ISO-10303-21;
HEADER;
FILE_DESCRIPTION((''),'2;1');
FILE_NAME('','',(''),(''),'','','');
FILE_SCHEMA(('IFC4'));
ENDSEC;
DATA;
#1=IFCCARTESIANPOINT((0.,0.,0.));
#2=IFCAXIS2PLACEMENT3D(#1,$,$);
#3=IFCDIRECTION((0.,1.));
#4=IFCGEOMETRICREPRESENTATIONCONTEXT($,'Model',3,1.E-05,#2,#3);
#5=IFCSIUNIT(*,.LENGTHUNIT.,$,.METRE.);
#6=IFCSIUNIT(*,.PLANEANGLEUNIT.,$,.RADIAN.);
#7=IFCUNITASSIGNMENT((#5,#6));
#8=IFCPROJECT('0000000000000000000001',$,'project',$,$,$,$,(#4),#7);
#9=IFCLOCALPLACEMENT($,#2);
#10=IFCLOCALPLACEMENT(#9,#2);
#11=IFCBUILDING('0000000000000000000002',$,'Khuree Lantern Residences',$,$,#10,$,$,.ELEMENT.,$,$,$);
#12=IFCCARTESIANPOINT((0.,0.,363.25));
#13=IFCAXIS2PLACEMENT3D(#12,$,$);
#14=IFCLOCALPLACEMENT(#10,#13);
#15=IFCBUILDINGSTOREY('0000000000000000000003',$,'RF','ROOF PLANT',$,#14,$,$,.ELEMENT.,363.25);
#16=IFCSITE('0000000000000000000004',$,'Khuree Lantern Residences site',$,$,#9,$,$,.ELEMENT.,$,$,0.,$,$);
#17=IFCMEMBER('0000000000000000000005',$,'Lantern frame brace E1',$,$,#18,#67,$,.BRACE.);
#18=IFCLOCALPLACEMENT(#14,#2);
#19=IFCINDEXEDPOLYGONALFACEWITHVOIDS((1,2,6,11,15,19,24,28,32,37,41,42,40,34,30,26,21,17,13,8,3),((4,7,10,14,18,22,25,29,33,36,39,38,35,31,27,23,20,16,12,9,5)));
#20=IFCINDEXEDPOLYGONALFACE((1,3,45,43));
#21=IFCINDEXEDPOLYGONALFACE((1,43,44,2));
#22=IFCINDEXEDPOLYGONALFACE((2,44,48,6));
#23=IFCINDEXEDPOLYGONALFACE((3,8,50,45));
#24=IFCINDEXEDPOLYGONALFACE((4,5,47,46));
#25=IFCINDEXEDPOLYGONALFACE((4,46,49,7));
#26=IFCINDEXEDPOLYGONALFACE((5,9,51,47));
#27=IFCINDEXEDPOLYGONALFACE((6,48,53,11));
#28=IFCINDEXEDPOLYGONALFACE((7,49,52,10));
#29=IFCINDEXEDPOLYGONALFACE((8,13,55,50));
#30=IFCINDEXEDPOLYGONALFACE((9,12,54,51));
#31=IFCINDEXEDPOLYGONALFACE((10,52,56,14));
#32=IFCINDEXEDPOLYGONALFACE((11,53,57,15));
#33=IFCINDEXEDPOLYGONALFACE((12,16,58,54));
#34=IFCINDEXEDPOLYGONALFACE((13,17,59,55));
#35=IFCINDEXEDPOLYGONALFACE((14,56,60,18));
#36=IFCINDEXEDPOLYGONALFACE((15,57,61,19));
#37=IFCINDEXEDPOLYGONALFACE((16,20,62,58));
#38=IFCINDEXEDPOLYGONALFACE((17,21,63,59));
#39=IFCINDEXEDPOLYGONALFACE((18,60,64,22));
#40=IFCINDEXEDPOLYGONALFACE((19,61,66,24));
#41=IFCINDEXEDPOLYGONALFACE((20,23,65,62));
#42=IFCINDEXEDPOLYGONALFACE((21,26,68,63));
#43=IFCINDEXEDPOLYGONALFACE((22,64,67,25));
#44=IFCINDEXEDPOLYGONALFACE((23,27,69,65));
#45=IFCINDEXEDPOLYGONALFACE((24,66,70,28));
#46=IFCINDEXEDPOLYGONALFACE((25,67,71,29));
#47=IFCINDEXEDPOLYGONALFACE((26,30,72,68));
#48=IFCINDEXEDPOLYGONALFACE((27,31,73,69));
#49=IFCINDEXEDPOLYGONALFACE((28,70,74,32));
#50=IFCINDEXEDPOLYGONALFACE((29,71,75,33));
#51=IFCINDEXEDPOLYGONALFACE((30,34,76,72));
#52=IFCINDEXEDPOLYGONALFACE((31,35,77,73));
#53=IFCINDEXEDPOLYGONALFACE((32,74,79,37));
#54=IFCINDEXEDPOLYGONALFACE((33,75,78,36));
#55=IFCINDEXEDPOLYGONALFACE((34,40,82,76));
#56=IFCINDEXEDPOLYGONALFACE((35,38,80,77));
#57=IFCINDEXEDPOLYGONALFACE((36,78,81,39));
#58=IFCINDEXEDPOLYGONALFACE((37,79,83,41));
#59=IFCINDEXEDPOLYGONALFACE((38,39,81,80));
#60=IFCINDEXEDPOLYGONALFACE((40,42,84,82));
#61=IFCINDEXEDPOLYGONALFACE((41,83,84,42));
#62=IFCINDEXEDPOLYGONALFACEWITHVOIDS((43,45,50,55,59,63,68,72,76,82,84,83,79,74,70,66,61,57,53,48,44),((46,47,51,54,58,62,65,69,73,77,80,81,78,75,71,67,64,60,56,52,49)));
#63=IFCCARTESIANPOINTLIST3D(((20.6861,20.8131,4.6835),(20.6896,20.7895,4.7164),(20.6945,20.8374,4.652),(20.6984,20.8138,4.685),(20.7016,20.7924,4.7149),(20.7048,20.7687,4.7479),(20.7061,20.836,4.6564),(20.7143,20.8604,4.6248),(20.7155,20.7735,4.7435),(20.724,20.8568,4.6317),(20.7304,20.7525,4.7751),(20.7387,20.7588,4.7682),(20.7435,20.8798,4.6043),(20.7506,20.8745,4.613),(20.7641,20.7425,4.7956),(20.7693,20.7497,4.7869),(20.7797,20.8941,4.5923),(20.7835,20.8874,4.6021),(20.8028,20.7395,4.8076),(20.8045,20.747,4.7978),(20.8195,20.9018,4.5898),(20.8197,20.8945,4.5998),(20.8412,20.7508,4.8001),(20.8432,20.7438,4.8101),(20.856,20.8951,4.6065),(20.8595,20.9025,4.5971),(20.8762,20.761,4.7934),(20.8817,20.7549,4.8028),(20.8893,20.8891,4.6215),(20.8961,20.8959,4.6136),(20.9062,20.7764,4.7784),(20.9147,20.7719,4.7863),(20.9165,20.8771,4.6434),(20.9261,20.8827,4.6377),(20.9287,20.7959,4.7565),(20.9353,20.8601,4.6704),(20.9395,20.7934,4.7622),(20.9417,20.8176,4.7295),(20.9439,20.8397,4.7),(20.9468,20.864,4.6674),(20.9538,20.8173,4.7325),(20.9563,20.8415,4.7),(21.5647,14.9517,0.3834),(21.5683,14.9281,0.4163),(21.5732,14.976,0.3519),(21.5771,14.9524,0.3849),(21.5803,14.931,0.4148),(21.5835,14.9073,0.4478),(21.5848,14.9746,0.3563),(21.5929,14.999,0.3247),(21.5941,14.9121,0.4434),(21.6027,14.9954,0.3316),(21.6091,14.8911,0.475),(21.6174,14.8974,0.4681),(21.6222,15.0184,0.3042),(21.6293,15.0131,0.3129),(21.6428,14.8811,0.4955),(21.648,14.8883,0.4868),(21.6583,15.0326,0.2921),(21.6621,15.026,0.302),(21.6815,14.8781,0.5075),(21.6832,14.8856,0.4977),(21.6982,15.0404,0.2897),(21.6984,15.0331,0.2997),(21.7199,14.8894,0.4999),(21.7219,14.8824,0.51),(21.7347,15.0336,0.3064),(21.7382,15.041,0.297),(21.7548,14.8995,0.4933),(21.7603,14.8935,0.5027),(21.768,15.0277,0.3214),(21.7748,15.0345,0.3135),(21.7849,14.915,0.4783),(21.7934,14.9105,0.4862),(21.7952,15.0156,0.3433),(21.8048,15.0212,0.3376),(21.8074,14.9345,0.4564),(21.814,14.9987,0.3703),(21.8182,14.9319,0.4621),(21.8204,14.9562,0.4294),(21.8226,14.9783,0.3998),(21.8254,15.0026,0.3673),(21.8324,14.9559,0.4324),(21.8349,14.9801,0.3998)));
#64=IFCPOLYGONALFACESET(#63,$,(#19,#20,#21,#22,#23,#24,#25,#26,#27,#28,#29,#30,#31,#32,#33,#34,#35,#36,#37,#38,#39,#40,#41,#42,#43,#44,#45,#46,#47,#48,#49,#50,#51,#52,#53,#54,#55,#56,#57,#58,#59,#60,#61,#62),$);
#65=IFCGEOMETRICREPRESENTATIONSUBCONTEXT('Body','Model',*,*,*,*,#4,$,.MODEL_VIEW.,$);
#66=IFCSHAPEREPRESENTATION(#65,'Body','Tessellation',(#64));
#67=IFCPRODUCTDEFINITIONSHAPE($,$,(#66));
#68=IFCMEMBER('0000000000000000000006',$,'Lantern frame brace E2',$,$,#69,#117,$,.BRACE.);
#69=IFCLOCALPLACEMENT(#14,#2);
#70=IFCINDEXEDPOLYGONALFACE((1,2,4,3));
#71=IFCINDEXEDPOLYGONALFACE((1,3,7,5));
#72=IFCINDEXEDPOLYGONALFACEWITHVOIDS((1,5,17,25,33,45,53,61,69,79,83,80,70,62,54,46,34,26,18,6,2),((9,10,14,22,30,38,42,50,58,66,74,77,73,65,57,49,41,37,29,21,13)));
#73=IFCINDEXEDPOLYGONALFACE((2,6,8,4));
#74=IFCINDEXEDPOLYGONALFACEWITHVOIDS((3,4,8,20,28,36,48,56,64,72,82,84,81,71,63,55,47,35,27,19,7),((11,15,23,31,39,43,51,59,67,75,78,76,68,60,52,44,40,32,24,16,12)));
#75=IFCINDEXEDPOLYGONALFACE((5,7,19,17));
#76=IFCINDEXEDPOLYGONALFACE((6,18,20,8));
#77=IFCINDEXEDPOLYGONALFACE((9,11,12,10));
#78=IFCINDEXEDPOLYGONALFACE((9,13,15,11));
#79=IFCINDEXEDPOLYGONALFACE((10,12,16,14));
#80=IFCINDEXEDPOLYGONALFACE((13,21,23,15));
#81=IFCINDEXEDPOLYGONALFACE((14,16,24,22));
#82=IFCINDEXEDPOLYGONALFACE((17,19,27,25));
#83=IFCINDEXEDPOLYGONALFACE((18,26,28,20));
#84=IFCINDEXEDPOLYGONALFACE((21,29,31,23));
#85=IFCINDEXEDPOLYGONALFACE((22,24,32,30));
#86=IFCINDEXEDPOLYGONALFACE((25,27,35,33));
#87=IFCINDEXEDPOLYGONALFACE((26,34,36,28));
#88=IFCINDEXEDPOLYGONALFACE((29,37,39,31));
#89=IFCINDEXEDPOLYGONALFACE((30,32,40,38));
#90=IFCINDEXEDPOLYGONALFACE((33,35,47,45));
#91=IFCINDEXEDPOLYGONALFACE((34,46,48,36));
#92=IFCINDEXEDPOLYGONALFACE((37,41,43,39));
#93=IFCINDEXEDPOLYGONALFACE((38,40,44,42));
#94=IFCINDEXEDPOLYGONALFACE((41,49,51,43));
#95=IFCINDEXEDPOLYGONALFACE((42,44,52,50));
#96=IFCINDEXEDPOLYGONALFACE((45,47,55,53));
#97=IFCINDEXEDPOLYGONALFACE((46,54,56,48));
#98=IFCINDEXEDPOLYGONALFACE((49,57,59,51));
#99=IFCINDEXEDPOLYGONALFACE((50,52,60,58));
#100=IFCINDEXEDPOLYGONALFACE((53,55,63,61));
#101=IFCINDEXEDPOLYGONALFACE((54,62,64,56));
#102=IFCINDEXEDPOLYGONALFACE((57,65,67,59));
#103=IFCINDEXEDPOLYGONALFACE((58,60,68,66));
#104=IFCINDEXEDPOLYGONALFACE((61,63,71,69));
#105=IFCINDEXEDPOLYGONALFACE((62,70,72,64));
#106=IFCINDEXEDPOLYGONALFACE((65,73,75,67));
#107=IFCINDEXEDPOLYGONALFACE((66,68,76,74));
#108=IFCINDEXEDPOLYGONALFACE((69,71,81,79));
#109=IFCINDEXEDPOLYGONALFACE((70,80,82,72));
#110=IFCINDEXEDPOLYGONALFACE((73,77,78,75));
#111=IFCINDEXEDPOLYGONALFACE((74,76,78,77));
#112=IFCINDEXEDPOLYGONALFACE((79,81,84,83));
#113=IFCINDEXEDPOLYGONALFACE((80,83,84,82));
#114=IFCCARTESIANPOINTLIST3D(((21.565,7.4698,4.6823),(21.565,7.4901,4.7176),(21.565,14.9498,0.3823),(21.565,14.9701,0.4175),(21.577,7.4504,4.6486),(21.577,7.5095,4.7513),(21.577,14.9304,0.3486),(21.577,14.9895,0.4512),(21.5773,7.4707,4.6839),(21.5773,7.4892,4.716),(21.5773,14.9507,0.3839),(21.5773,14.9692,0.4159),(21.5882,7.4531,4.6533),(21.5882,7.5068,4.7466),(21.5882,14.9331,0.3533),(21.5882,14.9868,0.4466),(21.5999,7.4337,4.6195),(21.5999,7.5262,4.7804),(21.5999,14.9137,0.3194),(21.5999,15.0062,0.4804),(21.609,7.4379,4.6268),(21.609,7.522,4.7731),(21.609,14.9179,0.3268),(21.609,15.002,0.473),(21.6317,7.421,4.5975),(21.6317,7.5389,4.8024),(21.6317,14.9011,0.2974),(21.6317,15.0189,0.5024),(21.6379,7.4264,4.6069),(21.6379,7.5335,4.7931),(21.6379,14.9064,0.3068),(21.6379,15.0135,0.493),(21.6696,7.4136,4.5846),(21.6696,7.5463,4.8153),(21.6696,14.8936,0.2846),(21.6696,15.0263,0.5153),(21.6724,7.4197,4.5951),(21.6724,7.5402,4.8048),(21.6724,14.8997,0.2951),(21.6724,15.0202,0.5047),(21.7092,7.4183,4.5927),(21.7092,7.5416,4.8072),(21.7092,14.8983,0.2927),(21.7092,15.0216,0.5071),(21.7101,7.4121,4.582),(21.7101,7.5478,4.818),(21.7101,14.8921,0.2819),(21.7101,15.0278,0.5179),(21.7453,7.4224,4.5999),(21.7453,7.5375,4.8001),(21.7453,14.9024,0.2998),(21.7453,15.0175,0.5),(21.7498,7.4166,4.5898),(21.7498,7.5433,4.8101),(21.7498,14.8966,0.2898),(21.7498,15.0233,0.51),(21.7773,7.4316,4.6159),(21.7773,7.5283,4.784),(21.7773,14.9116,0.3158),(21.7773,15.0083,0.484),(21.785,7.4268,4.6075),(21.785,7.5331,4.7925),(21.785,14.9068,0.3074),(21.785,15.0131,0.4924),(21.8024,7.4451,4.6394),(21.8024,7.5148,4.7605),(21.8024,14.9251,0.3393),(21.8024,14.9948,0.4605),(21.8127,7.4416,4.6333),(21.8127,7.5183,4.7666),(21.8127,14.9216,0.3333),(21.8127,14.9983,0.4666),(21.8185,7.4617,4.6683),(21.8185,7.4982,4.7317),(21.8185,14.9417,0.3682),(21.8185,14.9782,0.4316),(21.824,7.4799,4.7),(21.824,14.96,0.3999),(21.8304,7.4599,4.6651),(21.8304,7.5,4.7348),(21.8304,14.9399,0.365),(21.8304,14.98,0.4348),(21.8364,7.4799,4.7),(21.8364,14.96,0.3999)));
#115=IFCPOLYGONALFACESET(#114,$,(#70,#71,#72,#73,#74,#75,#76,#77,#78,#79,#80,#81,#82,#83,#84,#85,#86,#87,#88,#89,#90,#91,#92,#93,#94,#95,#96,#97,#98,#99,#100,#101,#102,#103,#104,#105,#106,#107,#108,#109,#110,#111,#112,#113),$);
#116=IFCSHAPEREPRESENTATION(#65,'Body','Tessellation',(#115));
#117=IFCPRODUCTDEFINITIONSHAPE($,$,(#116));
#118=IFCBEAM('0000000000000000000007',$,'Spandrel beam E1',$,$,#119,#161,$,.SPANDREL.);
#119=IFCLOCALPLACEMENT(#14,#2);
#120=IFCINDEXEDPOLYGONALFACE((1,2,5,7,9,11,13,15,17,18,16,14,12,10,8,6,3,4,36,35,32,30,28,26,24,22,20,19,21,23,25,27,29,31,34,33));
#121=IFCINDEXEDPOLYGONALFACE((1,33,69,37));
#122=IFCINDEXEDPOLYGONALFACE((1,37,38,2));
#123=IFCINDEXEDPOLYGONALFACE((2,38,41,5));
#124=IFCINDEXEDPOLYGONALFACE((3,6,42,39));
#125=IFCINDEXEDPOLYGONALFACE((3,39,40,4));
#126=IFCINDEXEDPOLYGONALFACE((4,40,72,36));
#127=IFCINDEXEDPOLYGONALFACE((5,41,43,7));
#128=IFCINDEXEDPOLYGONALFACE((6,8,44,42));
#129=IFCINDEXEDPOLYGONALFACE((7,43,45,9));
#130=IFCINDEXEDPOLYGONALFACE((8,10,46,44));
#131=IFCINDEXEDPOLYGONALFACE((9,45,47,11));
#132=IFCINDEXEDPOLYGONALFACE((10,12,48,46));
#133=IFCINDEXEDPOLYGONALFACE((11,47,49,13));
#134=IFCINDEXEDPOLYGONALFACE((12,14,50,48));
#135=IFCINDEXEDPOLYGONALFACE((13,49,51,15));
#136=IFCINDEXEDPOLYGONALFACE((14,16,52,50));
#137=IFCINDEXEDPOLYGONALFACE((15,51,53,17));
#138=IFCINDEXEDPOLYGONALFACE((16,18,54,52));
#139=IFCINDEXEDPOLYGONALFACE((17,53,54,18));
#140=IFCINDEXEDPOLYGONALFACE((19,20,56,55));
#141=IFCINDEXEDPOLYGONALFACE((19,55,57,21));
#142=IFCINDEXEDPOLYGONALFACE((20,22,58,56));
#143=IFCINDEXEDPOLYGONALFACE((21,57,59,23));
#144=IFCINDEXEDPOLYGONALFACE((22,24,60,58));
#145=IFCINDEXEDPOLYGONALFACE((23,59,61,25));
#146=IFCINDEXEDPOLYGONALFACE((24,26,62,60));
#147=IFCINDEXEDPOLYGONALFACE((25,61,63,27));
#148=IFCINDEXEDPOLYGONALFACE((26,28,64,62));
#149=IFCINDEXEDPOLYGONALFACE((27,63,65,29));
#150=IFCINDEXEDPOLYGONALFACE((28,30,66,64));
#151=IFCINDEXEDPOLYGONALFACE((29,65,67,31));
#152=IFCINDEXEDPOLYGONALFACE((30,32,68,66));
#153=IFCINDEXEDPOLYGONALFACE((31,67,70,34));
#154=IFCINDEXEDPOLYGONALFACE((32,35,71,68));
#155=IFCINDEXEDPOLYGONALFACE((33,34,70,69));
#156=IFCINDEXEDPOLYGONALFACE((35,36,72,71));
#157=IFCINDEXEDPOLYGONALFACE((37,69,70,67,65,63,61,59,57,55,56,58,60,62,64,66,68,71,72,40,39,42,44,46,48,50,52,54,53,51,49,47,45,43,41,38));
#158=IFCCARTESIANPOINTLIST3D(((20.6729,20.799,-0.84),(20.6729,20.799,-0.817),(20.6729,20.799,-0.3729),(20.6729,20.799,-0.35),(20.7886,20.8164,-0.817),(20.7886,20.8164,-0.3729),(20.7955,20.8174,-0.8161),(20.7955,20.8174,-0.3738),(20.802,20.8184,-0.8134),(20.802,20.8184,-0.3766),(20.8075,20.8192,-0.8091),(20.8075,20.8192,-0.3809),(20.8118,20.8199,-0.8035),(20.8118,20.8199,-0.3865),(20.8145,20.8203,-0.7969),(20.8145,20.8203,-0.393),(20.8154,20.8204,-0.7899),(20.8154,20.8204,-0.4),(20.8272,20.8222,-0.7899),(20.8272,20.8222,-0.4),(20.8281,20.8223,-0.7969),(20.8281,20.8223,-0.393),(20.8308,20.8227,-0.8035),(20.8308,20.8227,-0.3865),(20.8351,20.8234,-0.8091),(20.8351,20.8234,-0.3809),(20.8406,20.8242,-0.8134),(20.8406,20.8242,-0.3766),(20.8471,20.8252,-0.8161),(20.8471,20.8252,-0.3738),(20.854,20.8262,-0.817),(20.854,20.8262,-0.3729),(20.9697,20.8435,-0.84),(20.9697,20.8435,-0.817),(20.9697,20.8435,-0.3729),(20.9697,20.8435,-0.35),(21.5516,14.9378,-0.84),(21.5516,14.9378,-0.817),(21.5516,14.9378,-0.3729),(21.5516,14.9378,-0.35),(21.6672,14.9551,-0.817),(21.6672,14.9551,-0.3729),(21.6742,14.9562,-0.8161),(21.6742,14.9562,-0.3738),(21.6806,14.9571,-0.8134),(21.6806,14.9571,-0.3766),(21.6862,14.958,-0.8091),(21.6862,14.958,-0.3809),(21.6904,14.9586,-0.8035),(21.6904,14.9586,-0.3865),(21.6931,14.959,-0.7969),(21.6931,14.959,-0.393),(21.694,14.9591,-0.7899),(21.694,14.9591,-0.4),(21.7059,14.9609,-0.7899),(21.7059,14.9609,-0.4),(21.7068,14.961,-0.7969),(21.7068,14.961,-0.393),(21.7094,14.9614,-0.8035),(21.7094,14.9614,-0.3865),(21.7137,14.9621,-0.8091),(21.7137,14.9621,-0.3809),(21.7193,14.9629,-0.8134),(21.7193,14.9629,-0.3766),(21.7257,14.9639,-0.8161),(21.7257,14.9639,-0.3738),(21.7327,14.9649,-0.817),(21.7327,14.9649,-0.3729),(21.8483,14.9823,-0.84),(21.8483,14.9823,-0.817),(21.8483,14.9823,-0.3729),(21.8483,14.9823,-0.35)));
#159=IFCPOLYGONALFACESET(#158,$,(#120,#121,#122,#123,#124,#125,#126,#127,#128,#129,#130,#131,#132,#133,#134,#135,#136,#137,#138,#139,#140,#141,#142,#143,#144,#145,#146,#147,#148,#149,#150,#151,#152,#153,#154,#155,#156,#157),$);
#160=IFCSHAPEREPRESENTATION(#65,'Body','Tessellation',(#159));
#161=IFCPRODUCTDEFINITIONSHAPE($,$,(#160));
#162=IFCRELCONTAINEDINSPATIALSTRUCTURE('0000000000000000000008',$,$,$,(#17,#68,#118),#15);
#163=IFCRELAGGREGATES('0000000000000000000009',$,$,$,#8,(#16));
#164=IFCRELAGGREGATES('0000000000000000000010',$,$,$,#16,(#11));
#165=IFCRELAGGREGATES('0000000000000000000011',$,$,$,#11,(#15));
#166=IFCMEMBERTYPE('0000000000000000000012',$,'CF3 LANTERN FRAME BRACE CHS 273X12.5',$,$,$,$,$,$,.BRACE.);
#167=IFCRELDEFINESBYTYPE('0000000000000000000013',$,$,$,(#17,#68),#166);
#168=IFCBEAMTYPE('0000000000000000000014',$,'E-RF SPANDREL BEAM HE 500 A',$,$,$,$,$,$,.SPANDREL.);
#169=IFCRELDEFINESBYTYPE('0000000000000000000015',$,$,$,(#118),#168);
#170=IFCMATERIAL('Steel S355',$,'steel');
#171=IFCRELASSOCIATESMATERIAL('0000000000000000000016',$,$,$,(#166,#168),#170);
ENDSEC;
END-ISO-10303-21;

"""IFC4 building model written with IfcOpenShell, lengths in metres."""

from ifc_helpers import new_model, si_unit, direction, frame, origin, origin_2d, place, context, subcontext, project, spatial, hollow_circle, i_section, extrude, material, material_profile, profile_set, type_object, element, save


model = new_model("IFC4")

# Units and contexts
model_context = context("Model", 3, precision=1e-05, world=origin(), true_north=direction((0.0, 1.0)))
body_context = subcontext(model_context, "Body", "Model", "MODEL_VIEW")
ifc_project = project(units=[si_unit("LENGTHUNIT", "METRE"), si_unit("PLANEANGLEUNIT", "RADIAN")], contexts=[model_context])

# Site, building, storey
site_placement = place(None, origin())
site = spatial("IfcSite", under=ifc_project, at=site_placement, Name="Khuree Lantern Residences site", CompositionType="ELEMENT", RefElevation=0.0)
building_placement = place(site_placement, origin())
building = spatial("IfcBuilding", under=site, at=building_placement, Name="Khuree Lantern Residences", CompositionType="ELEMENT")
storey_placement = place(building_placement, frame((0.0, 0.0, 363.25)))
storey = spatial("IfcBuildingStorey", under=building, at=storey_placement, Name="RF", Description="ROOF PLANT", CompositionType="ELEMENT", Elevation=363.25)

# Shared definitions
ifc_material_1 = material(Name="Steel S355", Category="steel")

# Members
ifc_material_profile_1 = material_profile(ifc_material_1, hollow_circle(Radius=0.1365, WallThickness=0.0125, at=origin_2d()), Name="CHS 273X12.5")
ifc_profile_set_1 = profile_set([ifc_material_profile_1], Name="Steel S355")
member_type_1 = type_object("IfcMemberType", Name="CF3 LANTERN FRAME BRACE CHS 273X12.5", PredefinedType="BRACE", material=ifc_profile_set_1)
member_1_placement = place(storey_placement, frame((20.8213, 20.8213, 4.7), z_axis=(0.119996, -0.800465, -0.587245), x_axis=(0.98895, 0.148252, 0.0)))
element("IfcMember", 1, at=member_1_placement, inside=storey, type_object=member_type_1, Name="Lantern frame brace E1", PredefinedType="BRACE", context=body_context, shape_type="SweptSolid", body=[
    extrude(hollow_circle(Radius=0.1365, WallThickness=0.0125, at=origin_2d()), origin(), (0.0, 0.0, 1.0), 7.3225),
])
member_2_placement = place(storey_placement, frame((21.7, 14.96, 0.3999), z_axis=(0.0, -0.866953, 0.498389), x_axis=(1.0, 0.0, 0.0)))
element("IfcMember", 2, at=member_2_placement, inside=storey, type_object=member_type_1, Name="Lantern frame brace E2", PredefinedType="BRACE", context=body_context, shape_type="SweptSolid", body=[
    extrude(hollow_circle(Radius=0.1365, WallThickness=0.0125, at=origin_2d()), origin(), (0.0, 0.0, 1.0), 8.6279),
])

# Beam
ifc_material_profile_2 = material_profile(ifc_material_1, i_section(OverallWidth=0.3, OverallDepth=0.49, WebThickness=0.012, FlangeThickness=0.0229, FilletRadius=0.0271, at=origin_2d()), Name="HE 500 A")
ifc_profile_set_2 = profile_set([ifc_material_profile_2], Name="Steel S355")
beam_type_1 = type_object("IfcBeamType", Name="E-RF SPANDREL BEAM HE 500 A", PredefinedType="SPANDREL", material=ifc_profile_set_2)
beam_1_placement = place(storey_placement, frame((20.8213, 20.8213, -0.595), z_axis=(0.148252, -0.98895, 0.0), x_axis=(0.98895, 0.148252, 0.0)))
element("IfcBeam", 3, at=beam_1_placement, inside=storey, type_object=beam_type_1, Name="Spandrel beam E1", PredefinedType="SPANDREL", context=body_context, shape_type="SweptSolid", body=[
    extrude(i_section(OverallWidth=0.3, OverallDepth=0.49, WebThickness=0.012, FlangeThickness=0.0229, FilletRadius=0.0271, at=origin_2d()), origin(), (0.0, 0.0, 1.0), 5.9268),
])

save(model, "model.ifc")
